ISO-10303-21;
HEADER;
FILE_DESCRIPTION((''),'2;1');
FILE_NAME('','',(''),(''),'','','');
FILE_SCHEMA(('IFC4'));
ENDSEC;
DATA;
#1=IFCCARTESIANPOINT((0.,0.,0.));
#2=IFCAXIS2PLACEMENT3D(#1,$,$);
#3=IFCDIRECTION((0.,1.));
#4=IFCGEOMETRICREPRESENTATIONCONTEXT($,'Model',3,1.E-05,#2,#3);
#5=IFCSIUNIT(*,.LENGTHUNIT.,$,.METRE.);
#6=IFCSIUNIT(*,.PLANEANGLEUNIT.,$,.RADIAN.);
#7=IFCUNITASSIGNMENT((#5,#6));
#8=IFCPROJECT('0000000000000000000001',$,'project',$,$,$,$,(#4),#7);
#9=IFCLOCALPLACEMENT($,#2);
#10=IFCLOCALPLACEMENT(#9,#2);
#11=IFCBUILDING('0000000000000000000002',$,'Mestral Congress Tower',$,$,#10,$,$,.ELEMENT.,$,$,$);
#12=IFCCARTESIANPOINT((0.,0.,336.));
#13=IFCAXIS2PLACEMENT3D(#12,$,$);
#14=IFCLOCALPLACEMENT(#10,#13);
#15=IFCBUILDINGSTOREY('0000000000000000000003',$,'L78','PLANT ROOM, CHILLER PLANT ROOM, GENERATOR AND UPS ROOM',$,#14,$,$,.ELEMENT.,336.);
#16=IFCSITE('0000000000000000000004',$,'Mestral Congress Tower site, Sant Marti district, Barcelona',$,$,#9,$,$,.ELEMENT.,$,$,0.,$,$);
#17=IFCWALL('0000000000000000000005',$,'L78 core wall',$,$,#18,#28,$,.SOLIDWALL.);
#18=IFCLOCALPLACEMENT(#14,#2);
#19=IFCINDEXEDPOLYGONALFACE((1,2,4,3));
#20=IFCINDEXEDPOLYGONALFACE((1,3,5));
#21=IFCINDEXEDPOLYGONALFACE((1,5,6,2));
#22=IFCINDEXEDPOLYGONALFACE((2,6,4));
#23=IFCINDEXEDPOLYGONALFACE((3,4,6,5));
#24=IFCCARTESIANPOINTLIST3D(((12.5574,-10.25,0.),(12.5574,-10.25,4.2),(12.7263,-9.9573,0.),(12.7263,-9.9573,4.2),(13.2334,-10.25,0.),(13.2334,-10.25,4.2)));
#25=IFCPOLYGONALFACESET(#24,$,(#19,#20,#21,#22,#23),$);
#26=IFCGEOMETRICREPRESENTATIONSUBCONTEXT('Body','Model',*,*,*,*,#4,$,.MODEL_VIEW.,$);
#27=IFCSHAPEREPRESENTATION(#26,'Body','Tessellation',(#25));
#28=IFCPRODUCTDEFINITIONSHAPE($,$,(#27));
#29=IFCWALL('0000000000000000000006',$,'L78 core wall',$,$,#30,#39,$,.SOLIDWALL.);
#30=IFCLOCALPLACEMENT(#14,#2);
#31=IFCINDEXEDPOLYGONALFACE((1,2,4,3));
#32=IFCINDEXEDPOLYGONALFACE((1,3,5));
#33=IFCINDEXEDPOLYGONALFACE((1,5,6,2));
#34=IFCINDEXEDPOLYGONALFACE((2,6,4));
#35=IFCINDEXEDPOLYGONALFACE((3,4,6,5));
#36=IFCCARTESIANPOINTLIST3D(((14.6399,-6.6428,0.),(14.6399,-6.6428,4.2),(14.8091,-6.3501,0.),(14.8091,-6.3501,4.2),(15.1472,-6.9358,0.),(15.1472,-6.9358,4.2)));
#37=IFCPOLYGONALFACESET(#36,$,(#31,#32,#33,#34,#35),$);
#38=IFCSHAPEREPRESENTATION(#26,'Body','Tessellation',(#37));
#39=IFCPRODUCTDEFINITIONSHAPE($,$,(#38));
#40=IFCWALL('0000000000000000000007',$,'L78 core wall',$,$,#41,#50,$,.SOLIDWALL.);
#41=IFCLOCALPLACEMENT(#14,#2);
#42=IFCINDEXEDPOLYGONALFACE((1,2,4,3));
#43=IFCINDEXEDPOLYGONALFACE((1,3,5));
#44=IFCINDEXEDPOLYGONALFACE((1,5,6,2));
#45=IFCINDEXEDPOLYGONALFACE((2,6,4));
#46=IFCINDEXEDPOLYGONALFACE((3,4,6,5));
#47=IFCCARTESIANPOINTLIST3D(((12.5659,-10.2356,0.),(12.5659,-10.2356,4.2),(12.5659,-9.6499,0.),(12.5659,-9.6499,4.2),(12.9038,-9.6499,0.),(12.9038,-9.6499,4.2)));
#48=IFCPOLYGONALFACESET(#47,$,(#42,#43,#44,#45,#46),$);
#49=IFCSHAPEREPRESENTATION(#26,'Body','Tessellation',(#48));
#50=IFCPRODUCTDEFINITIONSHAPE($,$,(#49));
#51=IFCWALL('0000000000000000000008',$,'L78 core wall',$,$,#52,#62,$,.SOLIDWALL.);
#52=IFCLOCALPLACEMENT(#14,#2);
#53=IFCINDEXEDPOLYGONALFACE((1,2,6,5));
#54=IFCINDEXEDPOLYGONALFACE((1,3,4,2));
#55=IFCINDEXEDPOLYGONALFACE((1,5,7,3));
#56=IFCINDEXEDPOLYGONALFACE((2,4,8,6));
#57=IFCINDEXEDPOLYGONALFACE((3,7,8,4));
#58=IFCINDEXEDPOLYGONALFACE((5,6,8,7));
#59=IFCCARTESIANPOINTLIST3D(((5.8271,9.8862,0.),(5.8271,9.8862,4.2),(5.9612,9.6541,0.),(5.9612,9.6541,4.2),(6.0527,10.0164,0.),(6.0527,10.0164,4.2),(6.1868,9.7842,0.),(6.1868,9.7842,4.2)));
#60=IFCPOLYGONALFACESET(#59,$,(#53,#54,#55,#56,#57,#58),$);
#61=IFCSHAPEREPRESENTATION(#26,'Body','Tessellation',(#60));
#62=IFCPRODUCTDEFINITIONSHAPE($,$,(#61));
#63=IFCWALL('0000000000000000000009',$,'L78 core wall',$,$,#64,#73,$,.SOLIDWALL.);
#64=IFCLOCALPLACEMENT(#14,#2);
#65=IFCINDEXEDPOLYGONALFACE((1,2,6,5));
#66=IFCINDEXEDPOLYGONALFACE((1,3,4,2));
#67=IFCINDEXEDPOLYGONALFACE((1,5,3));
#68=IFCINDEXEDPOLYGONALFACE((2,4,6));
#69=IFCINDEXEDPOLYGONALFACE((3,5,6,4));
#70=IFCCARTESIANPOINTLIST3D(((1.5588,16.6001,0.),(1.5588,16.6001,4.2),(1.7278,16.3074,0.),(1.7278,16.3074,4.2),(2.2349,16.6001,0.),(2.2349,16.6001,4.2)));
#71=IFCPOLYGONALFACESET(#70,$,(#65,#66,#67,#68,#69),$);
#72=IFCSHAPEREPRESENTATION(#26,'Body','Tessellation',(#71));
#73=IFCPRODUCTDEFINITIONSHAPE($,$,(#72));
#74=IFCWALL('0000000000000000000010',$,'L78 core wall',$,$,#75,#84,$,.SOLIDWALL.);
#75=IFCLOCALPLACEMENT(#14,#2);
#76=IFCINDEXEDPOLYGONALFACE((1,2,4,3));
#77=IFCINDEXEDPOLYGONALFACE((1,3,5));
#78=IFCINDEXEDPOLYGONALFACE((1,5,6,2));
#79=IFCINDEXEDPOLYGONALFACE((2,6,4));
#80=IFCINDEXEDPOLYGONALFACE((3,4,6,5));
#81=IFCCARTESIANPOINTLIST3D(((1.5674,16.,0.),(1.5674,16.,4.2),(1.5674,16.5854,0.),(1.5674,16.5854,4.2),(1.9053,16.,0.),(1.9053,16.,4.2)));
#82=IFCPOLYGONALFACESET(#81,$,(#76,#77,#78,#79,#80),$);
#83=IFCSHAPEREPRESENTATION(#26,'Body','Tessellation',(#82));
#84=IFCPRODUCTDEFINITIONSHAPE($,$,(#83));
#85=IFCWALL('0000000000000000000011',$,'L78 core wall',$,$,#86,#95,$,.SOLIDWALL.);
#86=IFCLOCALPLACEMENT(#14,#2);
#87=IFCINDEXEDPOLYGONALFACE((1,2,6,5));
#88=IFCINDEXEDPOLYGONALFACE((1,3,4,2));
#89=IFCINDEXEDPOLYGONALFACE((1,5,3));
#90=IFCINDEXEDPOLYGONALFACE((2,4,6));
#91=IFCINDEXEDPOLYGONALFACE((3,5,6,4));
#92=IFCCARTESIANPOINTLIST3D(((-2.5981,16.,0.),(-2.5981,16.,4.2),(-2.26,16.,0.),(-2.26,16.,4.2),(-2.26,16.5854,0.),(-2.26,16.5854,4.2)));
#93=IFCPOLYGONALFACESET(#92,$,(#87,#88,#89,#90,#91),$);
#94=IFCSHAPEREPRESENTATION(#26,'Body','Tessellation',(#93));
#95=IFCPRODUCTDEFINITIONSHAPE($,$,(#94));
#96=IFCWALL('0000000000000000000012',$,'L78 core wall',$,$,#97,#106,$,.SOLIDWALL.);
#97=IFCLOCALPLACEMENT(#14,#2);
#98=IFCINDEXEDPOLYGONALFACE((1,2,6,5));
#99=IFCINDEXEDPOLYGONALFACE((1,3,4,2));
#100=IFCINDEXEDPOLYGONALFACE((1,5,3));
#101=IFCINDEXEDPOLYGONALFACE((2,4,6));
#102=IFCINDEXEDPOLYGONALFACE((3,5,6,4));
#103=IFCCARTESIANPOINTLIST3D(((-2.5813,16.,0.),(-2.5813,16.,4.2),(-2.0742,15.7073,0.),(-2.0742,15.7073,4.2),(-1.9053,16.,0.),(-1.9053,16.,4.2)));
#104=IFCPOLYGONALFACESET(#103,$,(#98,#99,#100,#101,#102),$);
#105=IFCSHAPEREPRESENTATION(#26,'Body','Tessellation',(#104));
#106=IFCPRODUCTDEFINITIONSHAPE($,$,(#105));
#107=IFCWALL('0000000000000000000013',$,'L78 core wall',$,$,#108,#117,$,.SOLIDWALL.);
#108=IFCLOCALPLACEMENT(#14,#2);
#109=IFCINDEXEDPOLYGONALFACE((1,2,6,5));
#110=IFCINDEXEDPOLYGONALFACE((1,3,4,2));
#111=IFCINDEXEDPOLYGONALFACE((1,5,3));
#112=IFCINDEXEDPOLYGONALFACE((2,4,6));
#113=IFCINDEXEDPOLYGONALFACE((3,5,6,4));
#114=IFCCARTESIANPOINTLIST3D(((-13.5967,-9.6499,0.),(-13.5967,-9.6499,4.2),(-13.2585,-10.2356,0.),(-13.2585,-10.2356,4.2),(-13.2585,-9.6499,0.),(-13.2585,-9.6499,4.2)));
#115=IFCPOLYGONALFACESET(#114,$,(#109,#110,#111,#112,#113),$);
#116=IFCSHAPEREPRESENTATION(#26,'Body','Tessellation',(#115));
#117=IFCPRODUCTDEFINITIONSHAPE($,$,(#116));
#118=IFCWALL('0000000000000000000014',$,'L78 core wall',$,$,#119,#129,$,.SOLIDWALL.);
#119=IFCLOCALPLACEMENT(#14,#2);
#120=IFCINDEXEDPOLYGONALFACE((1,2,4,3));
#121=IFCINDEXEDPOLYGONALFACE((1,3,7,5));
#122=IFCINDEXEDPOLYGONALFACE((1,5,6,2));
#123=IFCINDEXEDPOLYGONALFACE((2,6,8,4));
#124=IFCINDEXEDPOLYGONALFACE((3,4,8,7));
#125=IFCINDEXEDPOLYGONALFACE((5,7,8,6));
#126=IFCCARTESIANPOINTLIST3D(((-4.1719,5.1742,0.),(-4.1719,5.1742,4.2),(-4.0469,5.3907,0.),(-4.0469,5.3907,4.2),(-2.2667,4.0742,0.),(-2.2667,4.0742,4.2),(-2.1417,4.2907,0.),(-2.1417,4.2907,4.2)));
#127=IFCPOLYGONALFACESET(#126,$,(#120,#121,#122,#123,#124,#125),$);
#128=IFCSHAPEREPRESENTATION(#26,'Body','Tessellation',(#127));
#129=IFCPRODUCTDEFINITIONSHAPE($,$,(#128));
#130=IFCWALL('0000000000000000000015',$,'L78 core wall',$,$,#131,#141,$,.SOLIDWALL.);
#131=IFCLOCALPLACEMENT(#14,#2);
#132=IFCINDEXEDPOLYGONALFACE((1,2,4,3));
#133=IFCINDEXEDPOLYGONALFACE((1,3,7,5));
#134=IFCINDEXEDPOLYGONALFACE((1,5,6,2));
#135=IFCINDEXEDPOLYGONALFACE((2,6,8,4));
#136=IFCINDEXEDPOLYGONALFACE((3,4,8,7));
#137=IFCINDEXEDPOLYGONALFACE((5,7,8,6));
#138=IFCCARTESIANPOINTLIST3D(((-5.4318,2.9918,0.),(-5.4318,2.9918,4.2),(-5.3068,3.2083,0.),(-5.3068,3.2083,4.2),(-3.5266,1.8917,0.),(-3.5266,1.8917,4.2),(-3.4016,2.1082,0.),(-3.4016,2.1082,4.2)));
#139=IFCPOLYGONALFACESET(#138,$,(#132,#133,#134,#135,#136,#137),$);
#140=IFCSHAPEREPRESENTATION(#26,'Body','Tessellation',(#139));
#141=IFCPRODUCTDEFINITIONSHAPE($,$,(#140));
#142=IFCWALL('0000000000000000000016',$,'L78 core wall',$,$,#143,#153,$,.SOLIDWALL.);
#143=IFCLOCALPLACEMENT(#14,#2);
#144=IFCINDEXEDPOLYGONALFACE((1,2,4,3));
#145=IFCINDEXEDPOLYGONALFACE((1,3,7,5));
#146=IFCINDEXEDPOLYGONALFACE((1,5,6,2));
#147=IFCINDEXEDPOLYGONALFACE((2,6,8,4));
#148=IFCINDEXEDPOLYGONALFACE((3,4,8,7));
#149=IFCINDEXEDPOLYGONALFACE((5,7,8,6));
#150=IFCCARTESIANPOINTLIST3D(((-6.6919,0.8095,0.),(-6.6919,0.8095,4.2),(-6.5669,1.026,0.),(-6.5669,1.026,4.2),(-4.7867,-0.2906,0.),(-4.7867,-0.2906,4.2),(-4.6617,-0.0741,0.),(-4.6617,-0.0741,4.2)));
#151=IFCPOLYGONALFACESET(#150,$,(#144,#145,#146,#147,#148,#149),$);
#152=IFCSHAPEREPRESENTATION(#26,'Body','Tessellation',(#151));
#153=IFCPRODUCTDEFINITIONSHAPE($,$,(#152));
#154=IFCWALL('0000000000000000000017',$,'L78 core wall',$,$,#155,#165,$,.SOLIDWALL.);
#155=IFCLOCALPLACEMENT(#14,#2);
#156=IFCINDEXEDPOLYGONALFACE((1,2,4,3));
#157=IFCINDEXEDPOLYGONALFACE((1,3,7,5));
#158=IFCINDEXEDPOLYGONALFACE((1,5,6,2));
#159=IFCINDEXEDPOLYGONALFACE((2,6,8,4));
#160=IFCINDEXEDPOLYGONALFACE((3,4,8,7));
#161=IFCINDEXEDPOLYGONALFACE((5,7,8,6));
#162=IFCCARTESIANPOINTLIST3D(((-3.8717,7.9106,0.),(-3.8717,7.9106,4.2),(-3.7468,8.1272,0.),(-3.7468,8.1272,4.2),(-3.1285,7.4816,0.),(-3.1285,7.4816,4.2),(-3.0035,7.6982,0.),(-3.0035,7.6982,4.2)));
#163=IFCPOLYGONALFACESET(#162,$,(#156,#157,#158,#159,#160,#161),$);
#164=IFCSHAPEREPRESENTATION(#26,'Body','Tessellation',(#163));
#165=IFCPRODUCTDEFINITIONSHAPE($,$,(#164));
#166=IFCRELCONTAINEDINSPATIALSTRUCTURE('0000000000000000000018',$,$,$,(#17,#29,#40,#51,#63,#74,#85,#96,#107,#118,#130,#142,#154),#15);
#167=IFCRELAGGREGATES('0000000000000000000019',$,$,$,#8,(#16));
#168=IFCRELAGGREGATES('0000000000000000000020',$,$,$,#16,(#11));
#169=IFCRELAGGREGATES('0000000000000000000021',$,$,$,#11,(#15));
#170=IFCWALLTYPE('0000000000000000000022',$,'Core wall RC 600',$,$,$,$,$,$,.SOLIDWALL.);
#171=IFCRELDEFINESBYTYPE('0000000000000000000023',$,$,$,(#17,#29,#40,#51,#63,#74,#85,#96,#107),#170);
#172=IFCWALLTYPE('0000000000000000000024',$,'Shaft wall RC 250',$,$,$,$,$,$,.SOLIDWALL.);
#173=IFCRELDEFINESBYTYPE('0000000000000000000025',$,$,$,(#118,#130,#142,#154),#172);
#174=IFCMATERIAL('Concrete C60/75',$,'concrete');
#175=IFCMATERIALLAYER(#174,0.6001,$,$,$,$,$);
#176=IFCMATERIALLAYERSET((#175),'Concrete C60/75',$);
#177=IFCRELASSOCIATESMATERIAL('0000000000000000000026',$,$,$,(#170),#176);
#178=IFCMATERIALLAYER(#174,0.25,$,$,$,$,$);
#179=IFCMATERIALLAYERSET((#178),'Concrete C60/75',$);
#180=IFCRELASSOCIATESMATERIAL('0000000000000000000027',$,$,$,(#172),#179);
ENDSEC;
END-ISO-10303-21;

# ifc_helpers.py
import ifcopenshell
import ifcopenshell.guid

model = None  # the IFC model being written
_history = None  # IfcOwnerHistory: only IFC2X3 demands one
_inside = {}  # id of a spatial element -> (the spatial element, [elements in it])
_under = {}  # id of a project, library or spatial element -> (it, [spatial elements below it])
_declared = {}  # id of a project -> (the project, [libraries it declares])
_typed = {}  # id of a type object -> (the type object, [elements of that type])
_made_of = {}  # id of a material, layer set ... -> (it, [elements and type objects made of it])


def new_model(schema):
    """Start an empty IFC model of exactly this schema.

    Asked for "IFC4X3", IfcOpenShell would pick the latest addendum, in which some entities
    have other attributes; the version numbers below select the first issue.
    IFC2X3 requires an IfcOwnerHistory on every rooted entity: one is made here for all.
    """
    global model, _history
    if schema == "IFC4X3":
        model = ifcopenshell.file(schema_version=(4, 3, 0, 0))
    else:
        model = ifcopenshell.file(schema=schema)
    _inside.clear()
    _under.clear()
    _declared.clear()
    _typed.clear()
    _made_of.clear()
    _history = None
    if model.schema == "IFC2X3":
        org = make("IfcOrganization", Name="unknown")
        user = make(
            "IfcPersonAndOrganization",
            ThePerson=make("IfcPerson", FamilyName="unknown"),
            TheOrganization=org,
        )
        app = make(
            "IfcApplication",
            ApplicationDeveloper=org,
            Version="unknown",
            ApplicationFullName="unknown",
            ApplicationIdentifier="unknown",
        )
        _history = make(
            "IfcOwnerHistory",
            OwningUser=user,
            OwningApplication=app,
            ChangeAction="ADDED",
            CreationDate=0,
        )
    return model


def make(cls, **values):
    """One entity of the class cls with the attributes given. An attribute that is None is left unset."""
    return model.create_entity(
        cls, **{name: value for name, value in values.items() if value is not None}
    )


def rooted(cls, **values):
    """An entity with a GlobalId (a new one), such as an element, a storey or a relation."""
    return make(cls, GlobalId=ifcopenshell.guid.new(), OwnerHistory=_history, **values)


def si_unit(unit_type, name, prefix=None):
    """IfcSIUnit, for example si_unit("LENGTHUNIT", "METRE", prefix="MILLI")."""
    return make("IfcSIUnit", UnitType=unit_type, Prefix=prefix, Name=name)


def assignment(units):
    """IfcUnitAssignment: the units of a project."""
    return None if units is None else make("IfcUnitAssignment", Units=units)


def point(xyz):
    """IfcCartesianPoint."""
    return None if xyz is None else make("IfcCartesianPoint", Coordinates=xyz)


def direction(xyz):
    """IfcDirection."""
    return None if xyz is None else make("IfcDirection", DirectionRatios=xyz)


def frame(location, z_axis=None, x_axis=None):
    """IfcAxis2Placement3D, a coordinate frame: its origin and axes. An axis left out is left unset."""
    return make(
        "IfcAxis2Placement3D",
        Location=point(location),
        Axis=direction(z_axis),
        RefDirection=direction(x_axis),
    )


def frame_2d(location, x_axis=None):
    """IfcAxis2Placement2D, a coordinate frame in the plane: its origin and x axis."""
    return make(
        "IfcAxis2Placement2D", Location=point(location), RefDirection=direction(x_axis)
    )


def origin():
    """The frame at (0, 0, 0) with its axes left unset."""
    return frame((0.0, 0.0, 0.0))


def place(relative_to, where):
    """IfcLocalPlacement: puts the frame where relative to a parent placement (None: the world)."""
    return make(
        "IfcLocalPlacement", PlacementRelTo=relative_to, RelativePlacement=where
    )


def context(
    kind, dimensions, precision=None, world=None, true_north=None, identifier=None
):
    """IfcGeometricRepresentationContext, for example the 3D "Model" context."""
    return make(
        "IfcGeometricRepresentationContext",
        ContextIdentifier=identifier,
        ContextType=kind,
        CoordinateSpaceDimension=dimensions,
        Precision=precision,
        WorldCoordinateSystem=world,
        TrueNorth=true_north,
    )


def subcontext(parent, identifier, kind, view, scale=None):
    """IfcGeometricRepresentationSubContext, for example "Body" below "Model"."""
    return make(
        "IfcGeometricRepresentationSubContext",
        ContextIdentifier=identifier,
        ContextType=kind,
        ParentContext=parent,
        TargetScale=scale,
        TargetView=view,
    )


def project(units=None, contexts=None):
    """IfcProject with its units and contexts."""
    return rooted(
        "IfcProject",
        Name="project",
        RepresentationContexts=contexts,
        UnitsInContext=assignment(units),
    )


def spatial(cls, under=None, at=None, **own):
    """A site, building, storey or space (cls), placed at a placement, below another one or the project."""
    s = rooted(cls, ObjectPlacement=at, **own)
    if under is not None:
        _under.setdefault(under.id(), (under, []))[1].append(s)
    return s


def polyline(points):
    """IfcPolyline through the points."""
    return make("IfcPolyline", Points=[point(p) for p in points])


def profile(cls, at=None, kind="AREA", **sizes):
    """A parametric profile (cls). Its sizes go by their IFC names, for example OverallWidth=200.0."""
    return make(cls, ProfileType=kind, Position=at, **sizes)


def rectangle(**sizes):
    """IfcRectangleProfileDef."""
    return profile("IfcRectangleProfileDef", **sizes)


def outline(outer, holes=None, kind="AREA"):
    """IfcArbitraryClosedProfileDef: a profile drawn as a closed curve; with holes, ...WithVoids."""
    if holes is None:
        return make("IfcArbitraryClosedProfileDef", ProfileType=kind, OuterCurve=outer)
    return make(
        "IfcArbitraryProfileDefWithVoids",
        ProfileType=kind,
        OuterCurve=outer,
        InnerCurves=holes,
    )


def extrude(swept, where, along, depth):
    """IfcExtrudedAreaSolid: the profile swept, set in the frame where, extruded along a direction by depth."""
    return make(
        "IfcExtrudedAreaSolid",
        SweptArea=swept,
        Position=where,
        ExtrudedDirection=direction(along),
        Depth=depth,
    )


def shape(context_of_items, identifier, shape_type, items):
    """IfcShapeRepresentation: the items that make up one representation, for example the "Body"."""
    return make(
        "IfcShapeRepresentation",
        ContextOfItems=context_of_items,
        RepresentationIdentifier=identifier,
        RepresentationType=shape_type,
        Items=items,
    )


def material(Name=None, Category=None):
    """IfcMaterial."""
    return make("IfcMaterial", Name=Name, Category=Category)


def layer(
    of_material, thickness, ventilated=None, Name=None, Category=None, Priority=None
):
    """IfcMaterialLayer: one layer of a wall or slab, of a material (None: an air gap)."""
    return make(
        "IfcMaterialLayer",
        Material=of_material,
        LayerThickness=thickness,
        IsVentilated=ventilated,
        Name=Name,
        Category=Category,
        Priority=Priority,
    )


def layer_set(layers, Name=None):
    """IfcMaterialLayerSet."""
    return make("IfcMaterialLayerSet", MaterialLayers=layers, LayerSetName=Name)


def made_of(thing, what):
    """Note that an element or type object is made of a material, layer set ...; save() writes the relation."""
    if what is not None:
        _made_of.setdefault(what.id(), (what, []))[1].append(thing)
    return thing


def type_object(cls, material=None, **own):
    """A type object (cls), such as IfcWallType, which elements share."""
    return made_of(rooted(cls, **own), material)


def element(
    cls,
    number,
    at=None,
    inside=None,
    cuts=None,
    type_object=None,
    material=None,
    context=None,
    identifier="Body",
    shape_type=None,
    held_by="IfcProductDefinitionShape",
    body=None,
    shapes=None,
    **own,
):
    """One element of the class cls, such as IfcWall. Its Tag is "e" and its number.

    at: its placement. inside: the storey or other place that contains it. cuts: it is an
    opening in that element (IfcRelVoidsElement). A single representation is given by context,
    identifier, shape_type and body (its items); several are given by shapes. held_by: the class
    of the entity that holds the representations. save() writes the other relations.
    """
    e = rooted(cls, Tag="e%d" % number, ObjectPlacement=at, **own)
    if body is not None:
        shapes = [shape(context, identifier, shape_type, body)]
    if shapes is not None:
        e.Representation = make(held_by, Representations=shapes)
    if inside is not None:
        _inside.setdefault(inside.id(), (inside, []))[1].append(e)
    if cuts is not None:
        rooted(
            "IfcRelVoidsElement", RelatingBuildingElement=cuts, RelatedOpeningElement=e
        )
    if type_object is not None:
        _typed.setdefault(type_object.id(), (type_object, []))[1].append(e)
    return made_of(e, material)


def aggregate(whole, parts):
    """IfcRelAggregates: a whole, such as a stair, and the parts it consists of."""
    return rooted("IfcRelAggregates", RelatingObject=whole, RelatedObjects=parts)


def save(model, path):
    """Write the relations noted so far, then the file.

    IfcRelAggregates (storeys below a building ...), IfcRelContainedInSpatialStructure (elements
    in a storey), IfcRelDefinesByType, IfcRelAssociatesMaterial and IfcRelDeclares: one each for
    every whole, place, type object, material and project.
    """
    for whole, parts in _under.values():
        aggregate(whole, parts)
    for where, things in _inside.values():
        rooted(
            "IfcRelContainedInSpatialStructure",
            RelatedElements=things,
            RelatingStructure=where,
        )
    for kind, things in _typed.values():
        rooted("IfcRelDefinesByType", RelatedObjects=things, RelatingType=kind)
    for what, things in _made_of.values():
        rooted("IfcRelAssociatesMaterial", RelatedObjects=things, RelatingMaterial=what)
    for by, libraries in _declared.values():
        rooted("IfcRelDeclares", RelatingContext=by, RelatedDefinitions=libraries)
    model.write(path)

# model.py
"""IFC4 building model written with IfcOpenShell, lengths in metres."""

from ifc_helpers import new_model, si_unit, direction, frame, frame_2d, origin, place, context, subcontext, project, spatial, polyline, rectangle, outline, extrude, material, layer, layer_set, type_object, element, save


model = new_model("IFC4")

# Units and contexts
model_context = context("Model", 3, precision=1e-05, world=origin(), true_north=direction((0.0, 1.0)))
body_context = subcontext(model_context, "Body", "Model", "MODEL_VIEW")
ifc_project = project(units=[si_unit("LENGTHUNIT", "METRE"), si_unit("PLANEANGLEUNIT", "RADIAN")], contexts=[model_context])

# Site, building, storey
site_placement = place(None, origin())
site = spatial("IfcSite", under=ifc_project, at=site_placement, Name="Mestral Congress Tower site, Sant Marti district, Barcelona", CompositionType="ELEMENT", RefElevation=0.0)
building_placement = place(site_placement, origin())
building = spatial("IfcBuilding", under=site, at=building_placement, Name="Mestral Congress Tower", CompositionType="ELEMENT")
storey_placement = place(building_placement, frame((0.0, 0.0, 336.0)))
storey = spatial("IfcBuildingStorey", under=building, at=storey_placement, Name="L78", Description="PLANT ROOM, CHILLER PLANT ROOM, GENERATOR AND UPS ROOM", CompositionType="ELEMENT", Elevation=336.0)

# Shared definitions
ifc_material_1 = material(Name="Concrete C60/75", Category="concrete")

# Shared definitions
placement_1 = place(storey_placement, origin())

# Walls
ifc_layer_1 = layer(ifc_material_1, 0.6001)
ifc_layer_set_1 = layer_set([ifc_layer_1], Name="Concrete C60/75")
wall_type_1 = type_object("IfcWallType", Name="Core wall RC 600", PredefinedType="SOLIDWALL", material=ifc_layer_set_1)
element("IfcWall", 1, at=placement_1, inside=storey, type_object=wall_type_1, Name="L78 core wall", PredefinedType="SOLIDWALL", context=body_context, shape_type="SweptSolid", body=[
    extrude(outline(polyline([(12.7263, -9.9573), (13.2334, -10.25), (12.5574, -10.25), (12.7263, -9.9573)])), origin(), (0.0, 0.0, 1.0), 4.2),
])
element("IfcWall", 2, at=placement_1, inside=storey, type_object=wall_type_1, Name="L78 core wall", PredefinedType="SOLIDWALL", context=body_context, shape_type="SweptSolid", body=[
    extrude(outline(polyline([(14.8091, -6.3501), (15.1472, -6.9358), (14.6399, -6.6428), (14.8091, -6.3501)])), origin(), (0.0, 0.0, 1.0), 4.2),
])
element("IfcWall", 3, at=placement_1, inside=storey, type_object=wall_type_1, Name="L78 core wall", PredefinedType="SOLIDWALL", context=body_context, shape_type="SweptSolid", body=[
    extrude(outline(polyline([(12.9038, -9.6499), (12.5659, -10.2356), (12.5659, -9.6499), (12.9038, -9.6499)])), origin(), (0.0, 0.0, 1.0), 4.2),
])
element("IfcWall", 4, at=placement_1, inside=storey, type_object=wall_type_1, Name="L78 core wall", PredefinedType="SOLIDWALL", context=body_context, shape_type="SweptSolid", body=[
    extrude(outline(polyline([(6.0527, 10.0164), (6.1868, 9.7842), (5.9612, 9.6541), (5.8271, 9.8862), (6.0527, 10.0164)])), origin(), (0.0, 0.0, 1.0), 4.2),
])
element("IfcWall", 5, at=placement_1, inside=storey, type_object=wall_type_1, Name="L78 core wall", PredefinedType="SOLIDWALL", context=body_context, shape_type="SweptSolid", body=[
    extrude(outline(polyline([(1.5588, 16.6001), (2.2349, 16.6001), (1.7278, 16.3074), (1.5588, 16.6001)])), origin(), (0.0, 0.0, 1.0), 4.2),
])
element("IfcWall", 6, at=placement_1, inside=storey, type_object=wall_type_1, Name="L78 core wall", PredefinedType="SOLIDWALL", context=body_context, shape_type="SweptSolid", body=[
    extrude(outline(polyline([(1.9053, 16.0), (1.5674, 16.0), (1.5674, 16.5854), (1.9053, 16.0)])), origin(), (0.0, 0.0, 1.0), 4.2),
])
element("IfcWall", 7, at=placement_1, inside=storey, type_object=wall_type_1, Name="L78 core wall", PredefinedType="SOLIDWALL", context=body_context, shape_type="SweptSolid", body=[
    extrude(outline(polyline([(-2.5981, 16.0), (-2.26, 16.5854), (-2.26, 16.0), (-2.5981, 16.0)])), origin(), (0.0, 0.0, 1.0), 4.2),
])
element("IfcWall", 8, at=placement_1, inside=storey, type_object=wall_type_1, Name="L78 core wall", PredefinedType="SOLIDWALL", context=body_context, shape_type="SweptSolid", body=[
    extrude(outline(polyline([(-1.9053, 16.0), (-2.0742, 15.7073), (-2.5813, 16.0), (-1.9053, 16.0)])), origin(), (0.0, 0.0, 1.0), 4.2),
])
element("IfcWall", 9, at=placement_1, inside=storey, type_object=wall_type_1, Name="L78 core wall", PredefinedType="SOLIDWALL", context=body_context, shape_type="SweptSolid", body=[
    extrude(outline(polyline([(-13.5967, -9.6499), (-13.2585, -9.6499), (-13.2585, -10.2356), (-13.5967, -9.6499)])), origin(), (0.0, 0.0, 1.0), 4.2),
])
ifc_layer_2 = layer(ifc_material_1, 0.25)
ifc_layer_set_2 = layer_set([ifc_layer_2], Name="Concrete C60/75")
wall_type_2 = type_object("IfcWallType", Name="Shaft wall RC 250", PredefinedType="SOLIDWALL", material=ifc_layer_set_2)
for number, where, z_axis, x_axis, name in (
    (10, (-2.2041, 4.1824, 0.0), (0.0, 0.0, 1.0), (-0.866008, 0.50003, 0.0), "L78 core wall"),
    (11, (-5.3694, 3.1001, 0.0), (0.0, 0.0, 1.0), (0.866008, -0.50003, 0.0), "L78 core wall"),
    (12, (-4.7241, -0.1824, 0.0), (0.0, 0.0, 1.0), (-0.866008, 0.50003, 0.0), "L78 core wall"),
):
    element("IfcWall", number, at=place(storey_placement, frame(where, z_axis=z_axis, x_axis=x_axis)), inside=storey, type_object=wall_type_2, Name=name, PredefinedType="SOLIDWALL", context=body_context, shape_type="SweptSolid", body=[
        extrude(rectangle(XDim=2.2, YDim=0.25, at=frame_2d((1.1001, 0.0))), origin(), (0.0, 0.0, 1.0), 4.2),
    ])
wall_1_placement = place(storey_placement, frame((-3.0659, 7.5898, 0.0), z_axis=(0.0, 0.0, 1.0), x_axis=(-0.866081, 0.499903, 0.0)))
element("IfcWall", 13, at=wall_1_placement, inside=storey, type_object=wall_type_2, Name="L78 core wall", PredefinedType="SOLIDWALL", context=body_context, shape_type="SweptSolid", body=[
    extrude(rectangle(XDim=0.8582, YDim=0.25, at=frame_2d((0.4292, 0.0))), origin(), (0.0, 0.0, 1.0), 4.2),
])

save(model, "model.ifc")
